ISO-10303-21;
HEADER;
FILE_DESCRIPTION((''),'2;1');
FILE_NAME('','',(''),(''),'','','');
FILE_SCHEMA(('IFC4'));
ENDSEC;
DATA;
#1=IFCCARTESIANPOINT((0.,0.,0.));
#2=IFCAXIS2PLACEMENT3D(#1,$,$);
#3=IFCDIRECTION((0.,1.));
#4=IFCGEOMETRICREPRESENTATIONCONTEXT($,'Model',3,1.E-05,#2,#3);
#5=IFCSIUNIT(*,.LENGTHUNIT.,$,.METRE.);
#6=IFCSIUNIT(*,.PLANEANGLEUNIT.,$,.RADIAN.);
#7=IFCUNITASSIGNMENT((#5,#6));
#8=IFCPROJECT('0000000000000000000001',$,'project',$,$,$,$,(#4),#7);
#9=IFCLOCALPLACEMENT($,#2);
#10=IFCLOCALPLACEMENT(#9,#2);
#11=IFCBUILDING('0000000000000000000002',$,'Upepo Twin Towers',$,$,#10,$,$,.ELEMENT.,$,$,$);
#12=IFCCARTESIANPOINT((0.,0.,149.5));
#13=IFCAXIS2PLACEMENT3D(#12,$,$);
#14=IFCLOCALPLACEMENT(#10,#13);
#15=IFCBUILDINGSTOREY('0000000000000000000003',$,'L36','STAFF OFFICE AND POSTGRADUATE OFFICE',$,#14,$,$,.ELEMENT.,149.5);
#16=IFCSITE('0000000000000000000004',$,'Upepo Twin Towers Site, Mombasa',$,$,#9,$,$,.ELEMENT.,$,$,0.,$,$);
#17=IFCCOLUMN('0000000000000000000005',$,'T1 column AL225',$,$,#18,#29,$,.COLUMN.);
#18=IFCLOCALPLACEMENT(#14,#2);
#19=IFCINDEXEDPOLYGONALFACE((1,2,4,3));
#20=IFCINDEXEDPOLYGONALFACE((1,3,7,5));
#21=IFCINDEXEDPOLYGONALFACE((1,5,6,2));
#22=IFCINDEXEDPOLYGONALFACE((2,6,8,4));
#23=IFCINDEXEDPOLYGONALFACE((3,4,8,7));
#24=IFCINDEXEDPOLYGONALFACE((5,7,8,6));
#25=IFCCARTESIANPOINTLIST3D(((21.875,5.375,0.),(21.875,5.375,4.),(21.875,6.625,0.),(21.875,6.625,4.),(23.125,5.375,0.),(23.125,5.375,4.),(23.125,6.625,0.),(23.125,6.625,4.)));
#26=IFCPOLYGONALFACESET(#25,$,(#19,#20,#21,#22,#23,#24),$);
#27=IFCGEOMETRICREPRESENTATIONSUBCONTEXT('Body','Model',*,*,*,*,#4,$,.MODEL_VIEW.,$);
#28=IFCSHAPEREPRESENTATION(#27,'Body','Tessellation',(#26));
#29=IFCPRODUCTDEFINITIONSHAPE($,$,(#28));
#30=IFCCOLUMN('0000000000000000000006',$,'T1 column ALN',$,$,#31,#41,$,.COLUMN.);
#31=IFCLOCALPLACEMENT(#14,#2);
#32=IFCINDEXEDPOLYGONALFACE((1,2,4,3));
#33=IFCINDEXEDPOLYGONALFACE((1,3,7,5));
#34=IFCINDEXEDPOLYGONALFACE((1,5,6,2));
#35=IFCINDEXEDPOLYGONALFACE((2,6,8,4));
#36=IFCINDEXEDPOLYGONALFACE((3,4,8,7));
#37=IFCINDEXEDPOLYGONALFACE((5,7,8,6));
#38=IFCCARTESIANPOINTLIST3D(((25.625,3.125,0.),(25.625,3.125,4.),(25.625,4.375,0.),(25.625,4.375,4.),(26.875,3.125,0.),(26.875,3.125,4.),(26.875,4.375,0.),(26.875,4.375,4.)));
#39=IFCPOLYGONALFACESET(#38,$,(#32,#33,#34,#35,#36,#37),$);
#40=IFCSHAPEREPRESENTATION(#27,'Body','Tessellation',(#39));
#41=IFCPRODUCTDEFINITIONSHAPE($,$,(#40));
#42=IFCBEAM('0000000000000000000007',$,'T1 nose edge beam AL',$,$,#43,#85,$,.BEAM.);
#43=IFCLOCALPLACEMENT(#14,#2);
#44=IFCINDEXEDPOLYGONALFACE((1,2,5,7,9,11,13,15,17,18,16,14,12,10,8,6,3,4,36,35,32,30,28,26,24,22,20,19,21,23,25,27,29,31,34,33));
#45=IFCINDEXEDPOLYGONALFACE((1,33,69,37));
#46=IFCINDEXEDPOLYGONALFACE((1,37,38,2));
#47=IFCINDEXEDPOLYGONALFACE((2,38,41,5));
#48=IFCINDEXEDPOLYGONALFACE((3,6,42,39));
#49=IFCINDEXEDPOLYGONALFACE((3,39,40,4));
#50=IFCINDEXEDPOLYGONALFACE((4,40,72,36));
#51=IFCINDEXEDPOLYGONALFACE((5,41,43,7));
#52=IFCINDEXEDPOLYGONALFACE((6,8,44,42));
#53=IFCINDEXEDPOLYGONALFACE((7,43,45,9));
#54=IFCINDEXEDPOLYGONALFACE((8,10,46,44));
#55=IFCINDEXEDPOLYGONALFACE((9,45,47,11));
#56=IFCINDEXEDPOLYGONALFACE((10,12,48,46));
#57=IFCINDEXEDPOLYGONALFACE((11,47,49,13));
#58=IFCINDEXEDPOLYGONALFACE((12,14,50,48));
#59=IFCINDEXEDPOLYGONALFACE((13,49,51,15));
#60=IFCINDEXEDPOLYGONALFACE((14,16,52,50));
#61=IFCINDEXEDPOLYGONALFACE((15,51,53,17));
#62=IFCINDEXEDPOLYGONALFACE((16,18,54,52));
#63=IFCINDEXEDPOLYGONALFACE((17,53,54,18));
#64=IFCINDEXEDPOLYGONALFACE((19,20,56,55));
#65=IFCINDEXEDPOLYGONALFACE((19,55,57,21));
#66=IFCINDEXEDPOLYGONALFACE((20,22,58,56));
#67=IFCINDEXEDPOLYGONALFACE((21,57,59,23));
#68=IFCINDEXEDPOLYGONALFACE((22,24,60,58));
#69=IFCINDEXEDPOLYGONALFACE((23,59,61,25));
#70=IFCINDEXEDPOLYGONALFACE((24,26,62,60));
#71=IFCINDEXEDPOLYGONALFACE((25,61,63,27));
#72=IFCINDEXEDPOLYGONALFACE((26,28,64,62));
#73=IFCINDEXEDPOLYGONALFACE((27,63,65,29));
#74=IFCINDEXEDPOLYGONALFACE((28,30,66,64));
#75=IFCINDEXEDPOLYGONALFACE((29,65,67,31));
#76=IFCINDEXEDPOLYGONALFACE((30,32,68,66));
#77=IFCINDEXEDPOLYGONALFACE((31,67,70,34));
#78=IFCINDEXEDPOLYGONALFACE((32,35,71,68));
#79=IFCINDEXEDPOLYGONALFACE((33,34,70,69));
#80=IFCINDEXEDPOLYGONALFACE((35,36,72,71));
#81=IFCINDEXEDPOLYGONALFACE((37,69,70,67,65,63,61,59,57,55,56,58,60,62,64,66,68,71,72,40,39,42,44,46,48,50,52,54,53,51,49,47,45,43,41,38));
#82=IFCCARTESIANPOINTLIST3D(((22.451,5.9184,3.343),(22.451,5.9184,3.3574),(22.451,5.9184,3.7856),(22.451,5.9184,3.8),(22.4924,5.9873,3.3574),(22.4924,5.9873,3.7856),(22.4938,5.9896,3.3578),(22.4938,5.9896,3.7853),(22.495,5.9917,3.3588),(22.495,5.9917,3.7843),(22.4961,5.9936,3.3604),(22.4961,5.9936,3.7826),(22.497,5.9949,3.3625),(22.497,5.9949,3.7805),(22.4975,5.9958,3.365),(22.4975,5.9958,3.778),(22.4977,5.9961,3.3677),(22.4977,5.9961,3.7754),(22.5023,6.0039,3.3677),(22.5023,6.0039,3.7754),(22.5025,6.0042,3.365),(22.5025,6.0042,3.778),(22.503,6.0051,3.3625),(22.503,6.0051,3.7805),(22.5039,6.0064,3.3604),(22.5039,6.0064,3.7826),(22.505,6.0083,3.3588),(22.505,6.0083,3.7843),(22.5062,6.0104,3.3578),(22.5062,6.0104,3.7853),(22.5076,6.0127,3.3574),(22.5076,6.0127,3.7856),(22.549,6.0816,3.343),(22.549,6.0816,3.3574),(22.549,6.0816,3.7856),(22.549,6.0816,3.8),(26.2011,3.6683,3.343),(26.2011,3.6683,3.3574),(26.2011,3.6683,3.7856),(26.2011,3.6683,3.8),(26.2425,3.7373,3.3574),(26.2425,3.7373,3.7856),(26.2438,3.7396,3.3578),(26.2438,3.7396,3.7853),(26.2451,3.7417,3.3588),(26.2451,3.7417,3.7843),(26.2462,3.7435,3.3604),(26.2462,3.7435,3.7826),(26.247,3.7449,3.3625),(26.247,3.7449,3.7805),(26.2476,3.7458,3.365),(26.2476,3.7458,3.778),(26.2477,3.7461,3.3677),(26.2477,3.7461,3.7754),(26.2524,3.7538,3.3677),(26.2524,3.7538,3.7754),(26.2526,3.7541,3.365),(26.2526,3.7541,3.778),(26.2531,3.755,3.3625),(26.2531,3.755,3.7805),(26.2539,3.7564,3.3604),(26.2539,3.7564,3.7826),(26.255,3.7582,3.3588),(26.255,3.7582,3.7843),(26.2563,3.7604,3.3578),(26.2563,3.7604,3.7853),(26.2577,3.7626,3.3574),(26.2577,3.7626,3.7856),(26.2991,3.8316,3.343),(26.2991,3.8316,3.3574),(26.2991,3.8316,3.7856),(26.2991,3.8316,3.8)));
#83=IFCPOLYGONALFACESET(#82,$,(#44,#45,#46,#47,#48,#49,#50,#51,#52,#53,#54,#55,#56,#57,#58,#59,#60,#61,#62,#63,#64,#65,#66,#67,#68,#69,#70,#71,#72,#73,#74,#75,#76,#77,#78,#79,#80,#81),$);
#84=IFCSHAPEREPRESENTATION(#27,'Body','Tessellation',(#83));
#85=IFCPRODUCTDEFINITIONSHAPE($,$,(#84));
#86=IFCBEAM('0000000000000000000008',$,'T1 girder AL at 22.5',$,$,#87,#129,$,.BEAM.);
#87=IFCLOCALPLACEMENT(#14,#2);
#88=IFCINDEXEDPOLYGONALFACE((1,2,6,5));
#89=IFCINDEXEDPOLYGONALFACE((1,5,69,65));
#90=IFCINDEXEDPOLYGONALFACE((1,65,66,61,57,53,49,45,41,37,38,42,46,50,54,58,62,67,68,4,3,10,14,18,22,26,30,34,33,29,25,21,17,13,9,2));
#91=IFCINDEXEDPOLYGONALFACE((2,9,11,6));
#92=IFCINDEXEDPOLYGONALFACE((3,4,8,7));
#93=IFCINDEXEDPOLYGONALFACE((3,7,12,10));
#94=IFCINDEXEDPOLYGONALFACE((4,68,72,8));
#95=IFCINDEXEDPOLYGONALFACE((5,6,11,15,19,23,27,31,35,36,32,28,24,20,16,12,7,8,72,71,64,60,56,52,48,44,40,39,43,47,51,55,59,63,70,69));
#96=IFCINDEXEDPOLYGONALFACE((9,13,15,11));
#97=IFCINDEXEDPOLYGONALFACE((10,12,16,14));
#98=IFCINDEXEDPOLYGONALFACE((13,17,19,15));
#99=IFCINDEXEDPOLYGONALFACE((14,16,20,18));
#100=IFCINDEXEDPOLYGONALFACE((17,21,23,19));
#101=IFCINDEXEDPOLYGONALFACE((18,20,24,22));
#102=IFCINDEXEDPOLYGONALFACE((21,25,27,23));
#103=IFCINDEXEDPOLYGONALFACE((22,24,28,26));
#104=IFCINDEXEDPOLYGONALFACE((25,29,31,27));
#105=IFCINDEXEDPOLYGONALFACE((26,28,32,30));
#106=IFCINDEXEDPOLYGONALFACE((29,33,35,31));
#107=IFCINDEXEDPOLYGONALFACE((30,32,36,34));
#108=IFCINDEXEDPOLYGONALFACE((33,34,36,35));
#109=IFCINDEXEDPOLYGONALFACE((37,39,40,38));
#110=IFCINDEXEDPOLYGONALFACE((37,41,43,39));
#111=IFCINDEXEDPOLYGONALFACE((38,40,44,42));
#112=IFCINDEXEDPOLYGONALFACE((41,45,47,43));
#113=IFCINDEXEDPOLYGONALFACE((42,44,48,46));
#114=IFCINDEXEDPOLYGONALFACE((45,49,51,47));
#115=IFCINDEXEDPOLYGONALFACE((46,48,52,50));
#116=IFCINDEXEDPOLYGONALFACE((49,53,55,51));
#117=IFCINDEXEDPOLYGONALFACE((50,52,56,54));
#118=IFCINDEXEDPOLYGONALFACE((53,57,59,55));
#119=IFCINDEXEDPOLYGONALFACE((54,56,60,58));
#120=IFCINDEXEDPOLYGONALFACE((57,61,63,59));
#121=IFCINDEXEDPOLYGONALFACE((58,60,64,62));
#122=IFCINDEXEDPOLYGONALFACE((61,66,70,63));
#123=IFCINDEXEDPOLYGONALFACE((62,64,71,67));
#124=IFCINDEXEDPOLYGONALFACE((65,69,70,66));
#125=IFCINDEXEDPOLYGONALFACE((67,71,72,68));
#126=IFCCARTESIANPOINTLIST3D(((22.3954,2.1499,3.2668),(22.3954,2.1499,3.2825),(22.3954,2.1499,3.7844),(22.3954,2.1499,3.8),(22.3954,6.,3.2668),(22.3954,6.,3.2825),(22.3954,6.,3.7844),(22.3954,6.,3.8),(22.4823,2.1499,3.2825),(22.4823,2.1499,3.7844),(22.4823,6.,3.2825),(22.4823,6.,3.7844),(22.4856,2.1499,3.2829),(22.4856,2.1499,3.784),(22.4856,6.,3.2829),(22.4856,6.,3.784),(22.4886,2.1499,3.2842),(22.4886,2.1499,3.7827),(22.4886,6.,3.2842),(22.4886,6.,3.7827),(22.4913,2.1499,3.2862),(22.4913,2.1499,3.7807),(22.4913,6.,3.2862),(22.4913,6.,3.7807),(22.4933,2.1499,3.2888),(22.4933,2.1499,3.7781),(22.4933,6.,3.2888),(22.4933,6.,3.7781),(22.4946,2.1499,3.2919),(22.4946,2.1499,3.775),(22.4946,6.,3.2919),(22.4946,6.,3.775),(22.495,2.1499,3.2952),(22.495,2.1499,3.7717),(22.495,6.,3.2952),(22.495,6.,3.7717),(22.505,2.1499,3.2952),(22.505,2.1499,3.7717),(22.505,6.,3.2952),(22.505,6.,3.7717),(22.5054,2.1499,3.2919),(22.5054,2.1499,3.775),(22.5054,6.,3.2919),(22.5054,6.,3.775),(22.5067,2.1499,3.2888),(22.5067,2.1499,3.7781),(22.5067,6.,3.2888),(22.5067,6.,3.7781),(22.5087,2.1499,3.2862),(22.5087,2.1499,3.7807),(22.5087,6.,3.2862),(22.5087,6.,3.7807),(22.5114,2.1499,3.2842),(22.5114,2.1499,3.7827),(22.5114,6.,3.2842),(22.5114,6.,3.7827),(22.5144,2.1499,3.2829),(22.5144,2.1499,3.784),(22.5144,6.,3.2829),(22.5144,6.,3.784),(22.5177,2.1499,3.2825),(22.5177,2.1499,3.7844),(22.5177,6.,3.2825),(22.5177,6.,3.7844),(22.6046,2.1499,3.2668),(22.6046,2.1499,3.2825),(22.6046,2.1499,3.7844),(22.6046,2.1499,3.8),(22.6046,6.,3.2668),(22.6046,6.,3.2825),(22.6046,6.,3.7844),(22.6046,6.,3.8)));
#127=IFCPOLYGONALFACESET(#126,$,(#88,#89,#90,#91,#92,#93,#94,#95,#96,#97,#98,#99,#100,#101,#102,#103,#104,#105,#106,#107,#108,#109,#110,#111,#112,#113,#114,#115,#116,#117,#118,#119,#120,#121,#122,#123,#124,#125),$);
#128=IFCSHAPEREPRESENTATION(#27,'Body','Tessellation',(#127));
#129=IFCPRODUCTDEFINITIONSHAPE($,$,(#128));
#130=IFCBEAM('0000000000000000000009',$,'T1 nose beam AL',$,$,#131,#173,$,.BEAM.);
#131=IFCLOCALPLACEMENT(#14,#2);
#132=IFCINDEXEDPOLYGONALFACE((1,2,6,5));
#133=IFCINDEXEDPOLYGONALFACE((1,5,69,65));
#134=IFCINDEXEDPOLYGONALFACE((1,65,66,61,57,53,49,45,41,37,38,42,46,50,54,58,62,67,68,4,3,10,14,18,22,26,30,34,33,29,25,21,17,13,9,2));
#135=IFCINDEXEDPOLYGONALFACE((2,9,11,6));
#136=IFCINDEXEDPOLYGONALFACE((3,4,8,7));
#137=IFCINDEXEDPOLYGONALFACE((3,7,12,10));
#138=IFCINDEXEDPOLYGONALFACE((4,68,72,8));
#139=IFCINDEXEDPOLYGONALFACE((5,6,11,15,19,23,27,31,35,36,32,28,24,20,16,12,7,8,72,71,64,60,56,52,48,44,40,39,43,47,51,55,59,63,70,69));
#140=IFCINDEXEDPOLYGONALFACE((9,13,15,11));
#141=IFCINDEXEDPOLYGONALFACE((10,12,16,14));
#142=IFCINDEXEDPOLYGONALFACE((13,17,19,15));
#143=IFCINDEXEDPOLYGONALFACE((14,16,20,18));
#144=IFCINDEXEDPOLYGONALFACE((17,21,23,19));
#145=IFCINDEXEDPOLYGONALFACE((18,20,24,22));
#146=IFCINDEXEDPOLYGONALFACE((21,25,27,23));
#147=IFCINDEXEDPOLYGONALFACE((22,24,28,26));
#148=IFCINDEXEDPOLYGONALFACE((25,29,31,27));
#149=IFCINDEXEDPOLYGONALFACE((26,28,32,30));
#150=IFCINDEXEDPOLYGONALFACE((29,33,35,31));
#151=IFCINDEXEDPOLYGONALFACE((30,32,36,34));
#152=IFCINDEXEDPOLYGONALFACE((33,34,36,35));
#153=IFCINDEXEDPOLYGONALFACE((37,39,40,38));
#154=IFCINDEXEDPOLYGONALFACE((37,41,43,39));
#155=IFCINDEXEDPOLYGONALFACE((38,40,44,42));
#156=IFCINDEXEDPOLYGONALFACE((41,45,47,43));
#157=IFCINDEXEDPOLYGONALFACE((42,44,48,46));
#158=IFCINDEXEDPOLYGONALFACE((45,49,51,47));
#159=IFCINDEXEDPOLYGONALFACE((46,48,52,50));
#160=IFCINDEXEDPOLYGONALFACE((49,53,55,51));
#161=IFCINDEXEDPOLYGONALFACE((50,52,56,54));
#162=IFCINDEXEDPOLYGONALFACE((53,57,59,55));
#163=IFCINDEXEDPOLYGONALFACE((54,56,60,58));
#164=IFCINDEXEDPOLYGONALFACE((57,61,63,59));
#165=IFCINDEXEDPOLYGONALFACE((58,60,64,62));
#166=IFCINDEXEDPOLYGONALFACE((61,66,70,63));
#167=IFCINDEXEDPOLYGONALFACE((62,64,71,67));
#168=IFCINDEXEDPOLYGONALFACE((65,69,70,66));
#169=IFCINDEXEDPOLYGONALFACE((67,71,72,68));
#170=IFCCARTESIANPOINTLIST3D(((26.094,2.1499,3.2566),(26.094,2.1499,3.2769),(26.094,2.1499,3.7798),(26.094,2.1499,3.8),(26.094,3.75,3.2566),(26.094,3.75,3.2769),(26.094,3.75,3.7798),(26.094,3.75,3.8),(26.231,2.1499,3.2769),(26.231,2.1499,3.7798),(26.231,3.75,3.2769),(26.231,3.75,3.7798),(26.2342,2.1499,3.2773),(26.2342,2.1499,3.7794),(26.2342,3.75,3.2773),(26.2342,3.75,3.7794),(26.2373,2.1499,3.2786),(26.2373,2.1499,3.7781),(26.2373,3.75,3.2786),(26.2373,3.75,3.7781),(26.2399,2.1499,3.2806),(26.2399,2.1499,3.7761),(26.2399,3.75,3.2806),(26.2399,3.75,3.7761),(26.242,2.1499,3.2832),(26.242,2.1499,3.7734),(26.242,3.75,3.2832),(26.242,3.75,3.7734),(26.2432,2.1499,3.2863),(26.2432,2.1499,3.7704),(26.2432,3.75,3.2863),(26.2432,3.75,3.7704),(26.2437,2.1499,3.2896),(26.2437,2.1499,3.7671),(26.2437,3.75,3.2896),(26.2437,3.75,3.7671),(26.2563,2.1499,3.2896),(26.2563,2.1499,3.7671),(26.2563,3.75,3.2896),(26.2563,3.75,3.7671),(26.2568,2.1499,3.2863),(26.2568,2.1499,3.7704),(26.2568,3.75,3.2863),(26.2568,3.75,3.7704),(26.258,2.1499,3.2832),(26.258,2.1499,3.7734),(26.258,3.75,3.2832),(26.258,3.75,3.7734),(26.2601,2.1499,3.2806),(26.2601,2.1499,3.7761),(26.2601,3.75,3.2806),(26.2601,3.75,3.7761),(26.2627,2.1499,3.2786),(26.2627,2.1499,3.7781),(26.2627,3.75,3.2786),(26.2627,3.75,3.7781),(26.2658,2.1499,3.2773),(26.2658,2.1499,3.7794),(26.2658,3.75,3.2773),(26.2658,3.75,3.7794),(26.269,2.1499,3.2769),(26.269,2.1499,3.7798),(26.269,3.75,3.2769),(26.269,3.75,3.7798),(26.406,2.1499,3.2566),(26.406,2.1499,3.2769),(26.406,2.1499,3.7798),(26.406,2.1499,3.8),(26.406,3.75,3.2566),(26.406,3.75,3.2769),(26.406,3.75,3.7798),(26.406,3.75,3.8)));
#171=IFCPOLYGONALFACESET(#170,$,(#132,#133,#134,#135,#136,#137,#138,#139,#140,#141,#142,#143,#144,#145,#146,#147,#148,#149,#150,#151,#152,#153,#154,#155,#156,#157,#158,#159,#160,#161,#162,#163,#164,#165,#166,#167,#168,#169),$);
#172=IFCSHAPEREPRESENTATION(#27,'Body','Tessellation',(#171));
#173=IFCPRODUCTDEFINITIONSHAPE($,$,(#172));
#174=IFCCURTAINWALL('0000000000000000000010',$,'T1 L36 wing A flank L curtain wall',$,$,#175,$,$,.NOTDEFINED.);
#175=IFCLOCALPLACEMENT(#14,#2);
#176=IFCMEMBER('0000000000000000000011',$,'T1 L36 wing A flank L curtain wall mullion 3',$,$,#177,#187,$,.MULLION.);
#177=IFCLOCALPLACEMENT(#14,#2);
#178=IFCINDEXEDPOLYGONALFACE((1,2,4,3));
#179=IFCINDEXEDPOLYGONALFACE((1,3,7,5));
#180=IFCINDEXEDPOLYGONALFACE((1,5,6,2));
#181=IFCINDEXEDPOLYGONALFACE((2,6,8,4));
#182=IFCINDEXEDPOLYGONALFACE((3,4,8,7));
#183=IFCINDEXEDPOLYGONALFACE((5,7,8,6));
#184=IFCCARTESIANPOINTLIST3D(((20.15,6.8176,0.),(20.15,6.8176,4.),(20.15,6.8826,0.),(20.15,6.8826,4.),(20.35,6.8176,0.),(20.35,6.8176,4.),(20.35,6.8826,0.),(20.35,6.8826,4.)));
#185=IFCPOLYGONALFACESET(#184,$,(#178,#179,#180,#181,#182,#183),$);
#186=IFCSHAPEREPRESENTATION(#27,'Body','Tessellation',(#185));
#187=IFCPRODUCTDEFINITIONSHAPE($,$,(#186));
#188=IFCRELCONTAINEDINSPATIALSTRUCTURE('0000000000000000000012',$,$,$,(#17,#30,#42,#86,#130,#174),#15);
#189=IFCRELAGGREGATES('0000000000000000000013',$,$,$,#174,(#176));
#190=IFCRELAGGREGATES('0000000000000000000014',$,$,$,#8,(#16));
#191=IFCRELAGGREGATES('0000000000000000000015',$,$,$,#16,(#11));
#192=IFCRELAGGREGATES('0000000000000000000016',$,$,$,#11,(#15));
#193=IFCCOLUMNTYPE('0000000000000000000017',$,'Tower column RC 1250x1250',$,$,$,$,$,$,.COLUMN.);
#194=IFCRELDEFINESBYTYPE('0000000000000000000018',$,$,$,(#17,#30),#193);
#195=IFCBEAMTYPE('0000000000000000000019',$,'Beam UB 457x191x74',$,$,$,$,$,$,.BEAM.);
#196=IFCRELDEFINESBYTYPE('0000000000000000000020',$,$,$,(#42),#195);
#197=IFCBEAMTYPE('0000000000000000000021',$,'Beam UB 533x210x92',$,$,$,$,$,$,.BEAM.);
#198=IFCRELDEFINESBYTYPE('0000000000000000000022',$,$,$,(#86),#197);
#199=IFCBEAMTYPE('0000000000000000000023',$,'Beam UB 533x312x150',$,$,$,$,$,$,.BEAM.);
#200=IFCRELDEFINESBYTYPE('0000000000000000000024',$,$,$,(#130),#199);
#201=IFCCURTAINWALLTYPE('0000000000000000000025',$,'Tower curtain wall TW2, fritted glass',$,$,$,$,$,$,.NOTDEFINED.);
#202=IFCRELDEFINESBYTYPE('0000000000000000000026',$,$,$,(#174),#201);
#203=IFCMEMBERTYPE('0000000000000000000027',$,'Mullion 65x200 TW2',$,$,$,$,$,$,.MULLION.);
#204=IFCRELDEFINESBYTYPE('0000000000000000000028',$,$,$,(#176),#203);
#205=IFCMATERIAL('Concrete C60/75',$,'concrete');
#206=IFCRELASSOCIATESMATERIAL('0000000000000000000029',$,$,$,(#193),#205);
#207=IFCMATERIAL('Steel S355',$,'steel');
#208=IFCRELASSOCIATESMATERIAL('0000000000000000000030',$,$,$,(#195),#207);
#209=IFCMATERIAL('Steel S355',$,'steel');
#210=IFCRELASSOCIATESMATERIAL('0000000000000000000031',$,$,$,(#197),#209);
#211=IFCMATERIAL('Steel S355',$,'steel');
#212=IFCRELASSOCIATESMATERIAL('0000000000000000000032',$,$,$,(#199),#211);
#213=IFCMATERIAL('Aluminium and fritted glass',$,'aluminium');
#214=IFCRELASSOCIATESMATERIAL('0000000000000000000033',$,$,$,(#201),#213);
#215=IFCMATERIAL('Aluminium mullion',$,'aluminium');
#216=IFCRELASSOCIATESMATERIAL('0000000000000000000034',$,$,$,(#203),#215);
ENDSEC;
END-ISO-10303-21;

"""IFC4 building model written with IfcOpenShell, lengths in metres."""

from ifc_helpers import new_model, si_unit, direction, frame, origin, origin_2d, place, context, subcontext, project, spatial, rectangle, i_section, extrude, material, material_profile, profile_set, type_object, element, aggregate, save


model = new_model("IFC4")

# Units and contexts
model_context = context("Model", 3, precision=1e-05, world=origin(), true_north=direction((0.0, 1.0)))
body_context = subcontext(model_context, "Body", "Model", "MODEL_VIEW")
ifc_project = project(units=[si_unit("LENGTHUNIT", "METRE"), si_unit("PLANEANGLEUNIT", "RADIAN")], contexts=[model_context])

# Site, building, storey
site_placement = place(None, origin())
site = spatial("IfcSite", under=ifc_project, at=site_placement, Name="Upepo Twin Towers Site, Mombasa", CompositionType="ELEMENT", RefElevation=0.0)
building_placement = place(site_placement, origin())
building = spatial("IfcBuilding", under=site, at=building_placement, Name="Upepo Twin Towers", CompositionType="ELEMENT")
storey_placement = place(building_placement, frame((0.0, 0.0, 149.5)))
storey = spatial("IfcBuildingStorey", under=building, at=storey_placement, Name="L36", Description="STAFF OFFICE AND POSTGRADUATE OFFICE", CompositionType="ELEMENT", Elevation=149.5)

# Columns
ifc_material_1 = material(Name="Concrete C60/75", Category="concrete")
ifc_material_profile_1 = material_profile(ifc_material_1, rectangle(XDim=1.25, YDim=1.25, at=origin_2d()), Name="RC 1250x1250")
ifc_profile_set_1 = profile_set([ifc_material_profile_1], Name="Concrete C60/75")
column_type = type_object("IfcColumnType", Name="Tower column RC 1250x1250", PredefinedType="COLUMN", material=ifc_profile_set_1)
for number, where, z_axis, x_axis, name in (
    (1, (22.5, 6.0, 0.0), (0.0, 0.0, 1.0), (1.0, 0.0, 0.0), "T1 column AL225"),
    (2, (26.25, 3.75, 0.0), (0.0, 0.0, 1.0), (1.0, 0.0, 0.0), "T1 column ALN"),
):
    element("IfcColumn", number, at=place(storey_placement, frame(where, z_axis=z_axis, x_axis=x_axis)), inside=storey, type_object=column_type, Name=name, PredefinedType="COLUMN", context=body_context, shape_type="SweptSolid", body=[
        extrude(rectangle(XDim=1.25, YDim=1.25, at=origin_2d()), origin(), (0.0, 0.0, 1.0), 4.0),
    ])

# Beams
ifc_material_2 = material(Name="Steel S355", Category="steel")
ifc_material_profile_2 = material_profile(ifc_material_2, i_section(OverallWidth=0.1904, OverallDepth=0.457, WebThickness=0.009, FlangeThickness=0.0144, FilletRadius=0.0103, at=origin_2d()), Name="UB 457x191x74")
ifc_profile_set_2 = profile_set([ifc_material_profile_2], Name="Steel S355")
beam_type_1 = type_object("IfcBeamType", Name="Beam UB 457x191x74", PredefinedType="BEAM", material=ifc_profile_set_2)
beam_1_placement = place(storey_placement, frame((22.5, 6.0, 3.5715), z_axis=(0.857493, -0.514496, 0.0), x_axis=(0.514496, 0.857493, 0.0)))
element("IfcBeam", 3, at=beam_1_placement, inside=storey, type_object=beam_type_1, Name="T1 nose edge beam AL", PredefinedType="BEAM", context=body_context, shape_type="SweptSolid", body=[
    extrude(i_section(OverallWidth=0.1904, OverallDepth=0.457, WebThickness=0.009, FlangeThickness=0.0144, FilletRadius=0.0103, at=origin_2d()), origin(), (0.0, 0.0, 1.0), 4.3733),
])
ifc_material_3 = material(Name="Steel S355", Category="steel")
ifc_material_profile_3 = material_profile(ifc_material_3, i_section(OverallWidth=0.2092, OverallDepth=0.5332, WebThickness=0.01, FlangeThickness=0.0156, FilletRadius=0.0127, at=origin_2d()), Name="UB 533x210x92")
ifc_profile_set_3 = profile_set([ifc_material_profile_3], Name="Steel S355")
beam_type_2 = type_object("IfcBeamType", Name="Beam UB 533x210x92", PredefinedType="BEAM", material=ifc_profile_set_3)
beam_2_placement = place(storey_placement, frame((22.5, 6.0, 3.5334), z_axis=(0.0, -1.0, 0.0), x_axis=(1.0, 0.0, 0.0)))
element("IfcBeam", 4, at=beam_2_placement, inside=storey, type_object=beam_type_2, Name="T1 girder AL at 22.5", PredefinedType="BEAM", context=body_context, shape_type="SweptSolid", body=[
    extrude(i_section(OverallWidth=0.2092, OverallDepth=0.5332, WebThickness=0.01, FlangeThickness=0.0156, FilletRadius=0.0127, at=origin_2d()), origin(), (0.0, 0.0, 1.0), 3.8501),
])
ifc_material_4 = material(Name="Steel S355", Category="steel")
ifc_material_profile_4 = material_profile(ifc_material_4, i_section(OverallWidth=0.312, OverallDepth=0.5435, WebThickness=0.0127, FlangeThickness=0.0203, FilletRadius=0.0127, at=origin_2d()), Name="UB 533x312x150")
ifc_profile_set_4 = profile_set([ifc_material_profile_4], Name="Steel S355")
beam_type_3 = type_object("IfcBeamType", Name="Beam UB 533x312x150", PredefinedType="BEAM", material=ifc_profile_set_4)
beam_3_placement = place(storey_placement, frame((26.25, 3.75, 3.5283), z_axis=(0.0, -1.0, 0.0), x_axis=(1.0, 0.0, 0.0)))
element("IfcBeam", 5, at=beam_3_placement, inside=storey, type_object=beam_type_3, Name="T1 nose beam AL", PredefinedType="BEAM", context=body_context, shape_type="SweptSolid", body=[
    extrude(i_section(OverallWidth=0.312, OverallDepth=0.5435, WebThickness=0.0127, FlangeThickness=0.0203, FilletRadius=0.0127, at=origin_2d()), origin(), (0.0, 0.0, 1.0), 1.6001),
])

# Curtain wall, member
ifc_material_5 = material(Name="Aluminium and fritted glass", Category="aluminium")
curtain_wall_type = type_object("IfcCurtainWallType", Name="Tower curtain wall TW2, fritted glass", PredefinedType="NOTDEFINED", material=ifc_material_5)
curtain_wall_1_placement = place(storey_placement, origin())
curtain_wall_1 = element("IfcCurtainWall", 6, at=curtain_wall_1_placement, inside=storey, type_object=curtain_wall_type, Name="T1 L36 wing A flank L curtain wall", PredefinedType="NOTDEFINED")
ifc_material_6 = material(Name="Aluminium mullion", Category="aluminium")
ifc_material_profile_5 = material_profile(ifc_material_6, rectangle(XDim=0.0649, YDim=0.2, at=origin_2d()), Name="MULLION 65x200")
ifc_profile_set_5 = profile_set([ifc_material_profile_5], Name="Aluminium mullion")
member_type_1 = type_object("IfcMemberType", Name="Mullion 65x200 TW2", PredefinedType="MULLION", material=ifc_profile_set_5)
member_1_placement = place(storey_placement, frame((20.25, 6.8501, 0.0), z_axis=(0.0, 0.0, 1.0), x_axis=(0.0, 1.0, 0.0)))
member_1 = element("IfcMember", 7, at=member_1_placement, type_object=member_type_1, Name="T1 L36 wing A flank L curtain wall mullion 3", PredefinedType="MULLION", context=body_context, shape_type="SweptSolid", body=[
    extrude(rectangle(XDim=0.0649, YDim=0.2, at=origin_2d()), origin(), (0.0, 0.0, 1.0), 4.0),
])

aggregate(curtain_wall_1, [member_1])

save(model, "model.ifc")
